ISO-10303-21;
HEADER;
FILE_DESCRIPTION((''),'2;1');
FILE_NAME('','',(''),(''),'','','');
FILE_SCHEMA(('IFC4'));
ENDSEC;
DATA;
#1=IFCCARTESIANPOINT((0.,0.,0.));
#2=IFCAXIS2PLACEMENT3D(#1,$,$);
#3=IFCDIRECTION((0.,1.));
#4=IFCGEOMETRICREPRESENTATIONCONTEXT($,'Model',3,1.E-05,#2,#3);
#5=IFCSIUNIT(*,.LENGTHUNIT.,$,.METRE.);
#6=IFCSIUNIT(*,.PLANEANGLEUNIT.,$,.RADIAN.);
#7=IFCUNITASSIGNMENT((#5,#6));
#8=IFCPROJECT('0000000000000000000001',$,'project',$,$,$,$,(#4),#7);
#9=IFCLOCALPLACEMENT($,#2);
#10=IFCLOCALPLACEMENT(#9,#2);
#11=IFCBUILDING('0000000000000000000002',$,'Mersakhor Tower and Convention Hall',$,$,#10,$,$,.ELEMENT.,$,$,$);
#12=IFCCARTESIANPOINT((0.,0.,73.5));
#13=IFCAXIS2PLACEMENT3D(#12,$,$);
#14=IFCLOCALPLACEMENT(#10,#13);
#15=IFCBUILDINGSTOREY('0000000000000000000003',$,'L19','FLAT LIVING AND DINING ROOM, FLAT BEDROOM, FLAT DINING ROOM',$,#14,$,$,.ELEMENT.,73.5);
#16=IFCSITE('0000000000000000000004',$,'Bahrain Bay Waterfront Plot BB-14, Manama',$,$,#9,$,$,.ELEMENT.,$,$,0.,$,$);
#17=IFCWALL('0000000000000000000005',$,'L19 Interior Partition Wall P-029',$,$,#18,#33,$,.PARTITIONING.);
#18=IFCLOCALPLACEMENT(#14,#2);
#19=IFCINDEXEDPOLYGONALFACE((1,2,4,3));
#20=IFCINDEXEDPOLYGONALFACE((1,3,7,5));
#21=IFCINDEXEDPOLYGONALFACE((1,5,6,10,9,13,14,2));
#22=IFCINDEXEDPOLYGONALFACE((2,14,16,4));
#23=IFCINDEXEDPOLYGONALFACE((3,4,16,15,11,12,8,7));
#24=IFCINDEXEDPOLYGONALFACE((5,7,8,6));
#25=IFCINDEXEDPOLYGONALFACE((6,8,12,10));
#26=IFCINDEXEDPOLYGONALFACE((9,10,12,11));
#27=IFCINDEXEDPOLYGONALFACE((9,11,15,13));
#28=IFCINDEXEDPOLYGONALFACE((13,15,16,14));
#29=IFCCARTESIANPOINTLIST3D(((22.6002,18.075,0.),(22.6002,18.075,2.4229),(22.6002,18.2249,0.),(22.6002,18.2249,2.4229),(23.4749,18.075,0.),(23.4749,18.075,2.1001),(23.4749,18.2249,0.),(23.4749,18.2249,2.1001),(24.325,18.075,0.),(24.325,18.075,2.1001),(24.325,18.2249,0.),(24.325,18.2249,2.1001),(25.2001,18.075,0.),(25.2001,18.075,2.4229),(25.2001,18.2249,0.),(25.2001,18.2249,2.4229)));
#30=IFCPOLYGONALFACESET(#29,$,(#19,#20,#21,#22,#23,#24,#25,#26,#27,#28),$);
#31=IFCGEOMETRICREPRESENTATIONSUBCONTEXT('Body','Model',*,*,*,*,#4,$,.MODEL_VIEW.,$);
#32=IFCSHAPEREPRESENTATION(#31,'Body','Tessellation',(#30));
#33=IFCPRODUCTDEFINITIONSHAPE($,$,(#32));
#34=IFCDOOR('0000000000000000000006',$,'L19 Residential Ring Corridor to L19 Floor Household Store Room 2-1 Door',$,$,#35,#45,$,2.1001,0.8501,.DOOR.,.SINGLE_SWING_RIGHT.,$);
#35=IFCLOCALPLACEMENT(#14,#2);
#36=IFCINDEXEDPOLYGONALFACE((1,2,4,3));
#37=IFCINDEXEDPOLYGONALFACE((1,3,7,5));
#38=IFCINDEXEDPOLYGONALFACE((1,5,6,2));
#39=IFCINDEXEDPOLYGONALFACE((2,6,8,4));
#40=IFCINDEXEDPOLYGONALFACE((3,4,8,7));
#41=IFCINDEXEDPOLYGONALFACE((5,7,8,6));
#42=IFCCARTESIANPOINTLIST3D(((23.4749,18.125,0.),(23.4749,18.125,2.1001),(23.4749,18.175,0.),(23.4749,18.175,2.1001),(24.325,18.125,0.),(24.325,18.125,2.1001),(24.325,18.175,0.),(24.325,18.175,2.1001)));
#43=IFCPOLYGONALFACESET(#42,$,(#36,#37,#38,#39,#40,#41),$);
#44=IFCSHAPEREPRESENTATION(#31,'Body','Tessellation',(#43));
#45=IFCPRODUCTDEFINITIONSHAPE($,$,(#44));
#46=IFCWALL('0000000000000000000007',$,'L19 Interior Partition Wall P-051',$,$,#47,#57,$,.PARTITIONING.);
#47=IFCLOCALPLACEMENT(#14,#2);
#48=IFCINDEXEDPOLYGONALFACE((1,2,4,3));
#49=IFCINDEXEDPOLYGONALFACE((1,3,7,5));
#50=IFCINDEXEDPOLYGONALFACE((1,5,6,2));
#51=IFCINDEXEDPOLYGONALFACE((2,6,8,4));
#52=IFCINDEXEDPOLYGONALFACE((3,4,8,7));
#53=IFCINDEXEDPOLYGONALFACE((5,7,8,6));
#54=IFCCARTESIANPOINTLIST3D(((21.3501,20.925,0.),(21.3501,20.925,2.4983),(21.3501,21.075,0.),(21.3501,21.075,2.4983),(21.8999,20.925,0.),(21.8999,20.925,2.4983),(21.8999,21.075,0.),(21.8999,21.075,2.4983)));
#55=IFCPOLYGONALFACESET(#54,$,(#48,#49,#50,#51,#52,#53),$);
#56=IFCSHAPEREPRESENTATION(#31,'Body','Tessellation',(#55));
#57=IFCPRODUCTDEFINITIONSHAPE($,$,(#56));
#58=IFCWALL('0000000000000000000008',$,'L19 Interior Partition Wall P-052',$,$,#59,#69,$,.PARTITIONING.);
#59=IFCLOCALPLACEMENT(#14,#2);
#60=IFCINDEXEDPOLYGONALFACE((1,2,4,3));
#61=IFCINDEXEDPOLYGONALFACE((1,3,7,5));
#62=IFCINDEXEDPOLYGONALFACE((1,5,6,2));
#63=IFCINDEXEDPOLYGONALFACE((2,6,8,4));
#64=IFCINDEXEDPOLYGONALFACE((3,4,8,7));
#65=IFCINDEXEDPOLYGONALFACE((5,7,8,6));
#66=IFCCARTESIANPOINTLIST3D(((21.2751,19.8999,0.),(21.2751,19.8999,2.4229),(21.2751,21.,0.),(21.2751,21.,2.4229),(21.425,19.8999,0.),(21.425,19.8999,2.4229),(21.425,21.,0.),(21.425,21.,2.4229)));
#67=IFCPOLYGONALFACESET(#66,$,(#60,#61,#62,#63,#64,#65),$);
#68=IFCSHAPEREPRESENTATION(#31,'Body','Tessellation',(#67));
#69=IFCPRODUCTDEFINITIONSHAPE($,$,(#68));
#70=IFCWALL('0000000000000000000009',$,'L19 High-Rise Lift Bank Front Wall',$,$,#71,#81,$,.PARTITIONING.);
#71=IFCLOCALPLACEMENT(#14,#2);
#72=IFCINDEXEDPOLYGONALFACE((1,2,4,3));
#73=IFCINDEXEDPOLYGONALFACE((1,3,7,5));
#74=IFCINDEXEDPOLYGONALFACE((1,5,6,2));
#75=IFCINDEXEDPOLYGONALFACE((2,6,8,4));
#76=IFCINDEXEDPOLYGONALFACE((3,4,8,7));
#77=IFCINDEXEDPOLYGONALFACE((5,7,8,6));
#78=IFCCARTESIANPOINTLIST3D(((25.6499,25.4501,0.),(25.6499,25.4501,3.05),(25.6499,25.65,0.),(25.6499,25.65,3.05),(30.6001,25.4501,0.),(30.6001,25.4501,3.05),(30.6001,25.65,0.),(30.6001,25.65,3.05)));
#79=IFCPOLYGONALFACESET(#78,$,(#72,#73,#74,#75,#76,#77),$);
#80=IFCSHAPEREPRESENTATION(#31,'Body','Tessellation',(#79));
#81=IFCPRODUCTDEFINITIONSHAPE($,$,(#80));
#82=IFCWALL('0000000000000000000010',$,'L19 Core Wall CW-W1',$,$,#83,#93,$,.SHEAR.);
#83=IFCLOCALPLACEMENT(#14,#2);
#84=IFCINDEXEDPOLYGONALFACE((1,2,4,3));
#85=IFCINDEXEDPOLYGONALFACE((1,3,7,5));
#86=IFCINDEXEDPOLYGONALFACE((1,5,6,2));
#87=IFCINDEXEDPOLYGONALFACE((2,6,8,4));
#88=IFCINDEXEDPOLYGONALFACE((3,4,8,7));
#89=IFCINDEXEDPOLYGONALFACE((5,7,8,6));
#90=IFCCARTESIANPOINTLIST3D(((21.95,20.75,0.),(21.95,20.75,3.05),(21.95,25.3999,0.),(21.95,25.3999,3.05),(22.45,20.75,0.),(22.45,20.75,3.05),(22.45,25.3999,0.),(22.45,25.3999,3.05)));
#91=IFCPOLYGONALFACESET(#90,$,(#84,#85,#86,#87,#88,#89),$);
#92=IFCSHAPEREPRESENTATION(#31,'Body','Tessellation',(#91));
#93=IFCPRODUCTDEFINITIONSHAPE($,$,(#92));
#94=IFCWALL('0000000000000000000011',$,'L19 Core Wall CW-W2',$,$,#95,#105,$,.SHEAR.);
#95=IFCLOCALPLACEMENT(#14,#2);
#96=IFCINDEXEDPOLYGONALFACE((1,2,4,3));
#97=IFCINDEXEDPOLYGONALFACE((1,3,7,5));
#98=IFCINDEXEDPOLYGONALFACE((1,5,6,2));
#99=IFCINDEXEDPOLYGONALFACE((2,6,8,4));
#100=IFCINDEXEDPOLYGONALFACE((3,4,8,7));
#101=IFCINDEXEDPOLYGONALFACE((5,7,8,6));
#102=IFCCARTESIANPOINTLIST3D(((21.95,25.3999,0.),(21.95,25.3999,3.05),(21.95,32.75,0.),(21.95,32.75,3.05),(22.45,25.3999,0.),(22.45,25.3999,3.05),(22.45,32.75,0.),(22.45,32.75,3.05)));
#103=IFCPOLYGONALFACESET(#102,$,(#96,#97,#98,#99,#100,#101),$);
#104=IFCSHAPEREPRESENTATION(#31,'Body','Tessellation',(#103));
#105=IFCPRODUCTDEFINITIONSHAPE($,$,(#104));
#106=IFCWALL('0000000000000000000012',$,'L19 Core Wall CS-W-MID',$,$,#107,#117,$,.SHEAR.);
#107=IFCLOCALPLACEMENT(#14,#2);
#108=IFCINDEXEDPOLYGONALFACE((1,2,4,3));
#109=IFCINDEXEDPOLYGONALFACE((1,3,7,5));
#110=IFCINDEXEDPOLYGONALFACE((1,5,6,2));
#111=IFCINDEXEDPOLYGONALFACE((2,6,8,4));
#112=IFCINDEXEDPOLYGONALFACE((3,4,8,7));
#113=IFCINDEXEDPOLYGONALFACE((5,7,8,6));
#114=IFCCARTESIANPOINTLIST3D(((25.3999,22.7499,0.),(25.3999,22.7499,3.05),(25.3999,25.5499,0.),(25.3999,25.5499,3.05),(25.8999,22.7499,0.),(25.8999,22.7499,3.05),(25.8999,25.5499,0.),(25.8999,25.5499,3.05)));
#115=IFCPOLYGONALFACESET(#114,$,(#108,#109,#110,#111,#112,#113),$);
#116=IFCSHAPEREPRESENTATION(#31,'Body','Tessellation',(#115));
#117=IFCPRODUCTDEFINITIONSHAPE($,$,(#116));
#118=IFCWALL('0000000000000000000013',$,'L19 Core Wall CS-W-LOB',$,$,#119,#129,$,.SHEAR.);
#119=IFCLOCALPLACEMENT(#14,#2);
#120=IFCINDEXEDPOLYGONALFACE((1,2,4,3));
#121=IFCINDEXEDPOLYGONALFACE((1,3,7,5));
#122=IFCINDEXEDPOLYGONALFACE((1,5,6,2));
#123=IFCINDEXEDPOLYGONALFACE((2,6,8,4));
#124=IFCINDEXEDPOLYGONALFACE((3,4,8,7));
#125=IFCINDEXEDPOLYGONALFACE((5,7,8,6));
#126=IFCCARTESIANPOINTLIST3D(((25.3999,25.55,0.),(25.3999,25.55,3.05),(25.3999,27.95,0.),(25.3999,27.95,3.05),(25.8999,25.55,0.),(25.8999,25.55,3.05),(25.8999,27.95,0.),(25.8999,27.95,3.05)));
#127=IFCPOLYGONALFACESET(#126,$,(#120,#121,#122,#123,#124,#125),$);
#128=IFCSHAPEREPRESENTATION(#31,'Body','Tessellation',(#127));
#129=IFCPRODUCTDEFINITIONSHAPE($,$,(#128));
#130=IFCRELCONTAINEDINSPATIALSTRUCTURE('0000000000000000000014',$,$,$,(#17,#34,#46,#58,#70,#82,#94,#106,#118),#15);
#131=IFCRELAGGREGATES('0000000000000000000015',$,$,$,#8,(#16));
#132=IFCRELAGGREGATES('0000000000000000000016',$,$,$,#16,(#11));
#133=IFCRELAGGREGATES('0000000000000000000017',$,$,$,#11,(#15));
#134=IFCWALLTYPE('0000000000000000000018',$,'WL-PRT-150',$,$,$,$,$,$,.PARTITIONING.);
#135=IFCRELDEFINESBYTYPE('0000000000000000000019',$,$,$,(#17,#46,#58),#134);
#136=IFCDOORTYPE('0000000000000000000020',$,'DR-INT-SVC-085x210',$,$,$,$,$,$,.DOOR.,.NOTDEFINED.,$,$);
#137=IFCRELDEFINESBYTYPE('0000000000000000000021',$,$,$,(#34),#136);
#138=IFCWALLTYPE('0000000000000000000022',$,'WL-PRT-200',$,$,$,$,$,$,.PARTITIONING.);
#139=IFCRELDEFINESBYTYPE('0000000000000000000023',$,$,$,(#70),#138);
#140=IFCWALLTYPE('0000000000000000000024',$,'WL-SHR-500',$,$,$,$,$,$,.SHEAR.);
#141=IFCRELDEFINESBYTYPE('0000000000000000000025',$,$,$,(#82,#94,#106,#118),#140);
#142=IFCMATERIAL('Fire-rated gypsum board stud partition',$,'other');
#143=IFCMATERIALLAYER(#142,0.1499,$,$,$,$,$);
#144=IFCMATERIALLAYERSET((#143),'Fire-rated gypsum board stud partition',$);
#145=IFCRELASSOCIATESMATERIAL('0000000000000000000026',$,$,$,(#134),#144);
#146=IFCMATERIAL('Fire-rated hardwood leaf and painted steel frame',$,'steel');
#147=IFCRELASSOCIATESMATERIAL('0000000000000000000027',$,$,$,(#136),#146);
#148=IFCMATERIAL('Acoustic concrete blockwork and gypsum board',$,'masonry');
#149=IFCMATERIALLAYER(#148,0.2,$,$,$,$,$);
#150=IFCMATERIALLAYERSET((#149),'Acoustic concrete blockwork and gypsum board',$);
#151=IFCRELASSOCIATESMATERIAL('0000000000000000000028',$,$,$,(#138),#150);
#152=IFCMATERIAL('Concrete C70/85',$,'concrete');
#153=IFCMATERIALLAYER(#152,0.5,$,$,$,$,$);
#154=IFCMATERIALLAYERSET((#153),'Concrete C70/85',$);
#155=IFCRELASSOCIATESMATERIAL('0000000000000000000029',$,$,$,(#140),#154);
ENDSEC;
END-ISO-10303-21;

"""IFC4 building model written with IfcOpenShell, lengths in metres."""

from ifc_helpers import new_model, si_unit, direction, frame, frame_2d, origin, place, context, subcontext, project, spatial, rectangle, extrude, material, layer, layer_set, type_object, element, fill, save


model = new_model("IFC4")

# Units and contexts
model_context = context("Model", 3, precision=1e-05, world=origin(), true_north=direction((0.0, 1.0)))
body_context = subcontext(model_context, "Body", "Model", "MODEL_VIEW")
ifc_project = project(units=[si_unit("LENGTHUNIT", "METRE"), si_unit("PLANEANGLEUNIT", "RADIAN")], contexts=[model_context])

# Site, building, storey
site_placement = place(None, origin())
site = spatial("IfcSite", under=ifc_project, at=site_placement, Name="Bahrain Bay Waterfront Plot BB-14, Manama", CompositionType="ELEMENT", RefElevation=0.0)
building_placement = place(site_placement, origin())
building = spatial("IfcBuilding", under=site, at=building_placement, Name="Mersakhor Tower and Convention Hall", CompositionType="ELEMENT")
storey_placement = place(building_placement, frame((0.0, 0.0, 73.5)))
storey = spatial("IfcBuildingStorey", under=building, at=storey_placement, Name="L19", Description="FLAT LIVING AND DINING ROOM, FLAT BEDROOM, FLAT DINING ROOM", CompositionType="ELEMENT", Elevation=73.5)

# Shared definitions
ifc_material_1 = material(Name="Fire-rated gypsum board stud partition", Category="other")
ifc_layer_1 = layer(ifc_material_1, 0.1499)
ifc_layer_set_1 = layer_set([ifc_layer_1], Name="Fire-rated gypsum board stud partition")
wall_type_1 = type_object("IfcWallType", Name="WL-PRT-150", PredefinedType="PARTITIONING", material=ifc_layer_set_1)

# Wall, opening, door
ifc_material_2 = material(Name="Fire-rated hardwood leaf and painted steel frame", Category="steel")
door_type_1 = type_object("IfcDoorType", Name="DR-INT-SVC-085x210", OperationType="NOTDEFINED", PredefinedType="DOOR", material=ifc_material_2)
wall_1_placement = place(storey_placement, frame((25.2, 18.1499, 0.0), z_axis=(0.0, 0.0, 1.0), x_axis=(-1.0, 0.0, 0.0)))
wall_1 = element("IfcWall", 1, at=wall_1_placement, inside=storey, type_object=wall_type_1, Name="L19 Interior Partition Wall P-029", PredefinedType="PARTITIONING", context=body_context, shape_type="SweptSolid", body=[
    extrude(rectangle(XDim=2.5999, YDim=0.1499, at=frame_2d((1.2998, 0.0))), origin(), (0.0, 0.0, 1.0), 2.4229),
])
opening_1_placement = place(wall_1_placement, frame((0.875, 0.0, 0.0)))
opening_1 = element("IfcOpeningElement", 2, at=opening_1_placement, cuts=wall_1, PredefinedType="OPENING", context=body_context, shape_type="SweptSolid", body=[
    extrude(rectangle(XDim=0.8501, YDim=2.1001, at=frame_2d((0.425, 1.05))), frame((0.0, 0.085, 0.0), z_axis=(0.0, -1.0, 0.0), x_axis=(1.0, 0.0, 0.0)), (0.0, 0.0, 1.0), 0.1699),
])
door_1_placement = place(opening_1_placement, origin())
door_1 = element("IfcDoor", 3, at=door_1_placement, inside=storey, type_object=door_type_1, Name="L19 Residential Ring Corridor to L19 Floor Household Store Room 2-1 Door", OperationType="SINGLE_SWING_RIGHT", OverallHeight=2.1001, OverallWidth=0.8501, PredefinedType="DOOR", context=body_context, shape_type="SweptSolid", body=[
    extrude(rectangle(XDim=0.8501, YDim=2.1001, at=frame_2d((0.425, 1.05))), frame((0.0, 0.0249, 0.0), z_axis=(0.0, -1.0, 0.0), x_axis=(1.0, 0.0, 0.0)), (0.0, 0.0, 1.0), 0.05),
])
fill(opening_1, door_1)

# Walls
wall_2_placement = place(storey_placement, frame((21.8999, 21.0, 0.0), z_axis=(0.0, 0.0, 1.0), x_axis=(-1.0, 0.0, 0.0)))
element("IfcWall", 4, at=wall_2_placement, inside=storey, type_object=wall_type_1, Name="L19 Interior Partition Wall P-051", PredefinedType="PARTITIONING", context=body_context, shape_type="SweptSolid", body=[
    extrude(rectangle(XDim=0.5498, YDim=0.1499, at=frame_2d((0.2749, 0.0))), origin(), (0.0, 0.0, 1.0), 2.4983),
])
wall_3_placement = place(storey_placement, frame((21.3501, 21.0, 0.0), z_axis=(0.0, 0.0, 1.0), x_axis=(0.0, -1.0, 0.0)))
element("IfcWall", 5, at=wall_3_placement, inside=storey, type_object=wall_type_1, Name="L19 Interior Partition Wall P-052", PredefinedType="PARTITIONING", context=body_context, shape_type="SweptSolid", body=[
    extrude(rectangle(XDim=1.1001, YDim=0.1499, at=frame_2d((0.55, 0.0))), origin(), (0.0, 0.0, 1.0), 2.4229),
])
ifc_material_3 = material(Name="Acoustic concrete blockwork and gypsum board", Category="masonry")
ifc_layer_2 = layer(ifc_material_3, 0.2)
ifc_layer_set_2 = layer_set([ifc_layer_2], Name="Acoustic concrete blockwork and gypsum board")
wall_type_2 = type_object("IfcWallType", Name="WL-PRT-200", PredefinedType="PARTITIONING", material=ifc_layer_set_2)
wall_4_placement = place(storey_placement, frame((25.6499, 25.55, 0.0), z_axis=(0.0, 0.0, 1.0), x_axis=(1.0, 0.0, 0.0)))
element("IfcWall", 6, at=wall_4_placement, inside=storey, type_object=wall_type_2, Name="L19 High-Rise Lift Bank Front Wall", PredefinedType="PARTITIONING", context=body_context, shape_type="SweptSolid", body=[
    extrude(rectangle(XDim=4.9502, YDim=0.2, at=frame_2d((2.4751, 0.0))), origin(), (0.0, 0.0, 1.0), 3.05),
])

# Walls
ifc_material_4 = material(Name="Concrete C70/85", Category="concrete")
ifc_layer_3 = layer(ifc_material_4, 0.5)
ifc_layer_set_3 = layer_set([ifc_layer_3], Name="Concrete C70/85")
wall_type_3 = type_object("IfcWallType", Name="WL-SHR-500", PredefinedType="SHEAR", material=ifc_layer_set_3)
wall_5_placement = place(storey_placement, frame((22.2, 20.75, 0.0), z_axis=(0.0, 0.0, 1.0), x_axis=(0.0, 1.0, 0.0)))
element("IfcWall", 7, at=wall_5_placement, inside=storey, type_object=wall_type_3, Name="L19 Core Wall CW-W1", PredefinedType="SHEAR", context=body_context, shape_type="SweptSolid", body=[
    extrude(rectangle(XDim=4.6499, YDim=0.5, at=frame_2d((2.325, 0.0))), origin(), (0.0, 0.0, 1.0), 3.05),
])
wall_6_placement = place(storey_placement, frame((22.2, 25.3999, 0.0), z_axis=(0.0, 0.0, 1.0), x_axis=(0.0, 1.0, 0.0)))
element("IfcWall", 8, at=wall_6_placement, inside=storey, type_object=wall_type_3, Name="L19 Core Wall CW-W2", PredefinedType="SHEAR", context=body_context, shape_type="SweptSolid", body=[
    extrude(rectangle(XDim=7.3501, YDim=0.5, at=frame_2d((3.675, 0.0))), origin(), (0.0, 0.0, 1.0), 3.05),
])

# Walls
wall_7_placement = place(storey_placement, frame((25.6499, 22.75, 0.0), z_axis=(0.0, 0.0, 1.0), x_axis=(0.0, 1.0, 0.0)))
element("IfcWall", 9, at=wall_7_placement, inside=storey, type_object=wall_type_3, Name="L19 Core Wall CS-W-MID", PredefinedType="SHEAR", context=body_context, shape_type="SweptSolid", body=[
    extrude(rectangle(XDim=2.8, YDim=0.5, at=frame_2d((1.3999, 0.0))), origin(), (0.0, 0.0, 1.0), 3.05),
])
wall_8_placement = place(storey_placement, frame((25.6499, 25.55, 0.0), z_axis=(0.0, 0.0, 1.0), x_axis=(0.0, 1.0, 0.0)))
element("IfcWall", 10, at=wall_8_placement, inside=storey, type_object=wall_type_3, Name="L19 Core Wall CS-W-LOB", PredefinedType="SHEAR", context=body_context, shape_type="SweptSolid", body=[
    extrude(rectangle(XDim=2.3999, YDim=0.5, at=frame_2d((1.2, 0.0))), origin(), (0.0, 0.0, 1.0), 3.05),
])

save(model, "model.ifc")
